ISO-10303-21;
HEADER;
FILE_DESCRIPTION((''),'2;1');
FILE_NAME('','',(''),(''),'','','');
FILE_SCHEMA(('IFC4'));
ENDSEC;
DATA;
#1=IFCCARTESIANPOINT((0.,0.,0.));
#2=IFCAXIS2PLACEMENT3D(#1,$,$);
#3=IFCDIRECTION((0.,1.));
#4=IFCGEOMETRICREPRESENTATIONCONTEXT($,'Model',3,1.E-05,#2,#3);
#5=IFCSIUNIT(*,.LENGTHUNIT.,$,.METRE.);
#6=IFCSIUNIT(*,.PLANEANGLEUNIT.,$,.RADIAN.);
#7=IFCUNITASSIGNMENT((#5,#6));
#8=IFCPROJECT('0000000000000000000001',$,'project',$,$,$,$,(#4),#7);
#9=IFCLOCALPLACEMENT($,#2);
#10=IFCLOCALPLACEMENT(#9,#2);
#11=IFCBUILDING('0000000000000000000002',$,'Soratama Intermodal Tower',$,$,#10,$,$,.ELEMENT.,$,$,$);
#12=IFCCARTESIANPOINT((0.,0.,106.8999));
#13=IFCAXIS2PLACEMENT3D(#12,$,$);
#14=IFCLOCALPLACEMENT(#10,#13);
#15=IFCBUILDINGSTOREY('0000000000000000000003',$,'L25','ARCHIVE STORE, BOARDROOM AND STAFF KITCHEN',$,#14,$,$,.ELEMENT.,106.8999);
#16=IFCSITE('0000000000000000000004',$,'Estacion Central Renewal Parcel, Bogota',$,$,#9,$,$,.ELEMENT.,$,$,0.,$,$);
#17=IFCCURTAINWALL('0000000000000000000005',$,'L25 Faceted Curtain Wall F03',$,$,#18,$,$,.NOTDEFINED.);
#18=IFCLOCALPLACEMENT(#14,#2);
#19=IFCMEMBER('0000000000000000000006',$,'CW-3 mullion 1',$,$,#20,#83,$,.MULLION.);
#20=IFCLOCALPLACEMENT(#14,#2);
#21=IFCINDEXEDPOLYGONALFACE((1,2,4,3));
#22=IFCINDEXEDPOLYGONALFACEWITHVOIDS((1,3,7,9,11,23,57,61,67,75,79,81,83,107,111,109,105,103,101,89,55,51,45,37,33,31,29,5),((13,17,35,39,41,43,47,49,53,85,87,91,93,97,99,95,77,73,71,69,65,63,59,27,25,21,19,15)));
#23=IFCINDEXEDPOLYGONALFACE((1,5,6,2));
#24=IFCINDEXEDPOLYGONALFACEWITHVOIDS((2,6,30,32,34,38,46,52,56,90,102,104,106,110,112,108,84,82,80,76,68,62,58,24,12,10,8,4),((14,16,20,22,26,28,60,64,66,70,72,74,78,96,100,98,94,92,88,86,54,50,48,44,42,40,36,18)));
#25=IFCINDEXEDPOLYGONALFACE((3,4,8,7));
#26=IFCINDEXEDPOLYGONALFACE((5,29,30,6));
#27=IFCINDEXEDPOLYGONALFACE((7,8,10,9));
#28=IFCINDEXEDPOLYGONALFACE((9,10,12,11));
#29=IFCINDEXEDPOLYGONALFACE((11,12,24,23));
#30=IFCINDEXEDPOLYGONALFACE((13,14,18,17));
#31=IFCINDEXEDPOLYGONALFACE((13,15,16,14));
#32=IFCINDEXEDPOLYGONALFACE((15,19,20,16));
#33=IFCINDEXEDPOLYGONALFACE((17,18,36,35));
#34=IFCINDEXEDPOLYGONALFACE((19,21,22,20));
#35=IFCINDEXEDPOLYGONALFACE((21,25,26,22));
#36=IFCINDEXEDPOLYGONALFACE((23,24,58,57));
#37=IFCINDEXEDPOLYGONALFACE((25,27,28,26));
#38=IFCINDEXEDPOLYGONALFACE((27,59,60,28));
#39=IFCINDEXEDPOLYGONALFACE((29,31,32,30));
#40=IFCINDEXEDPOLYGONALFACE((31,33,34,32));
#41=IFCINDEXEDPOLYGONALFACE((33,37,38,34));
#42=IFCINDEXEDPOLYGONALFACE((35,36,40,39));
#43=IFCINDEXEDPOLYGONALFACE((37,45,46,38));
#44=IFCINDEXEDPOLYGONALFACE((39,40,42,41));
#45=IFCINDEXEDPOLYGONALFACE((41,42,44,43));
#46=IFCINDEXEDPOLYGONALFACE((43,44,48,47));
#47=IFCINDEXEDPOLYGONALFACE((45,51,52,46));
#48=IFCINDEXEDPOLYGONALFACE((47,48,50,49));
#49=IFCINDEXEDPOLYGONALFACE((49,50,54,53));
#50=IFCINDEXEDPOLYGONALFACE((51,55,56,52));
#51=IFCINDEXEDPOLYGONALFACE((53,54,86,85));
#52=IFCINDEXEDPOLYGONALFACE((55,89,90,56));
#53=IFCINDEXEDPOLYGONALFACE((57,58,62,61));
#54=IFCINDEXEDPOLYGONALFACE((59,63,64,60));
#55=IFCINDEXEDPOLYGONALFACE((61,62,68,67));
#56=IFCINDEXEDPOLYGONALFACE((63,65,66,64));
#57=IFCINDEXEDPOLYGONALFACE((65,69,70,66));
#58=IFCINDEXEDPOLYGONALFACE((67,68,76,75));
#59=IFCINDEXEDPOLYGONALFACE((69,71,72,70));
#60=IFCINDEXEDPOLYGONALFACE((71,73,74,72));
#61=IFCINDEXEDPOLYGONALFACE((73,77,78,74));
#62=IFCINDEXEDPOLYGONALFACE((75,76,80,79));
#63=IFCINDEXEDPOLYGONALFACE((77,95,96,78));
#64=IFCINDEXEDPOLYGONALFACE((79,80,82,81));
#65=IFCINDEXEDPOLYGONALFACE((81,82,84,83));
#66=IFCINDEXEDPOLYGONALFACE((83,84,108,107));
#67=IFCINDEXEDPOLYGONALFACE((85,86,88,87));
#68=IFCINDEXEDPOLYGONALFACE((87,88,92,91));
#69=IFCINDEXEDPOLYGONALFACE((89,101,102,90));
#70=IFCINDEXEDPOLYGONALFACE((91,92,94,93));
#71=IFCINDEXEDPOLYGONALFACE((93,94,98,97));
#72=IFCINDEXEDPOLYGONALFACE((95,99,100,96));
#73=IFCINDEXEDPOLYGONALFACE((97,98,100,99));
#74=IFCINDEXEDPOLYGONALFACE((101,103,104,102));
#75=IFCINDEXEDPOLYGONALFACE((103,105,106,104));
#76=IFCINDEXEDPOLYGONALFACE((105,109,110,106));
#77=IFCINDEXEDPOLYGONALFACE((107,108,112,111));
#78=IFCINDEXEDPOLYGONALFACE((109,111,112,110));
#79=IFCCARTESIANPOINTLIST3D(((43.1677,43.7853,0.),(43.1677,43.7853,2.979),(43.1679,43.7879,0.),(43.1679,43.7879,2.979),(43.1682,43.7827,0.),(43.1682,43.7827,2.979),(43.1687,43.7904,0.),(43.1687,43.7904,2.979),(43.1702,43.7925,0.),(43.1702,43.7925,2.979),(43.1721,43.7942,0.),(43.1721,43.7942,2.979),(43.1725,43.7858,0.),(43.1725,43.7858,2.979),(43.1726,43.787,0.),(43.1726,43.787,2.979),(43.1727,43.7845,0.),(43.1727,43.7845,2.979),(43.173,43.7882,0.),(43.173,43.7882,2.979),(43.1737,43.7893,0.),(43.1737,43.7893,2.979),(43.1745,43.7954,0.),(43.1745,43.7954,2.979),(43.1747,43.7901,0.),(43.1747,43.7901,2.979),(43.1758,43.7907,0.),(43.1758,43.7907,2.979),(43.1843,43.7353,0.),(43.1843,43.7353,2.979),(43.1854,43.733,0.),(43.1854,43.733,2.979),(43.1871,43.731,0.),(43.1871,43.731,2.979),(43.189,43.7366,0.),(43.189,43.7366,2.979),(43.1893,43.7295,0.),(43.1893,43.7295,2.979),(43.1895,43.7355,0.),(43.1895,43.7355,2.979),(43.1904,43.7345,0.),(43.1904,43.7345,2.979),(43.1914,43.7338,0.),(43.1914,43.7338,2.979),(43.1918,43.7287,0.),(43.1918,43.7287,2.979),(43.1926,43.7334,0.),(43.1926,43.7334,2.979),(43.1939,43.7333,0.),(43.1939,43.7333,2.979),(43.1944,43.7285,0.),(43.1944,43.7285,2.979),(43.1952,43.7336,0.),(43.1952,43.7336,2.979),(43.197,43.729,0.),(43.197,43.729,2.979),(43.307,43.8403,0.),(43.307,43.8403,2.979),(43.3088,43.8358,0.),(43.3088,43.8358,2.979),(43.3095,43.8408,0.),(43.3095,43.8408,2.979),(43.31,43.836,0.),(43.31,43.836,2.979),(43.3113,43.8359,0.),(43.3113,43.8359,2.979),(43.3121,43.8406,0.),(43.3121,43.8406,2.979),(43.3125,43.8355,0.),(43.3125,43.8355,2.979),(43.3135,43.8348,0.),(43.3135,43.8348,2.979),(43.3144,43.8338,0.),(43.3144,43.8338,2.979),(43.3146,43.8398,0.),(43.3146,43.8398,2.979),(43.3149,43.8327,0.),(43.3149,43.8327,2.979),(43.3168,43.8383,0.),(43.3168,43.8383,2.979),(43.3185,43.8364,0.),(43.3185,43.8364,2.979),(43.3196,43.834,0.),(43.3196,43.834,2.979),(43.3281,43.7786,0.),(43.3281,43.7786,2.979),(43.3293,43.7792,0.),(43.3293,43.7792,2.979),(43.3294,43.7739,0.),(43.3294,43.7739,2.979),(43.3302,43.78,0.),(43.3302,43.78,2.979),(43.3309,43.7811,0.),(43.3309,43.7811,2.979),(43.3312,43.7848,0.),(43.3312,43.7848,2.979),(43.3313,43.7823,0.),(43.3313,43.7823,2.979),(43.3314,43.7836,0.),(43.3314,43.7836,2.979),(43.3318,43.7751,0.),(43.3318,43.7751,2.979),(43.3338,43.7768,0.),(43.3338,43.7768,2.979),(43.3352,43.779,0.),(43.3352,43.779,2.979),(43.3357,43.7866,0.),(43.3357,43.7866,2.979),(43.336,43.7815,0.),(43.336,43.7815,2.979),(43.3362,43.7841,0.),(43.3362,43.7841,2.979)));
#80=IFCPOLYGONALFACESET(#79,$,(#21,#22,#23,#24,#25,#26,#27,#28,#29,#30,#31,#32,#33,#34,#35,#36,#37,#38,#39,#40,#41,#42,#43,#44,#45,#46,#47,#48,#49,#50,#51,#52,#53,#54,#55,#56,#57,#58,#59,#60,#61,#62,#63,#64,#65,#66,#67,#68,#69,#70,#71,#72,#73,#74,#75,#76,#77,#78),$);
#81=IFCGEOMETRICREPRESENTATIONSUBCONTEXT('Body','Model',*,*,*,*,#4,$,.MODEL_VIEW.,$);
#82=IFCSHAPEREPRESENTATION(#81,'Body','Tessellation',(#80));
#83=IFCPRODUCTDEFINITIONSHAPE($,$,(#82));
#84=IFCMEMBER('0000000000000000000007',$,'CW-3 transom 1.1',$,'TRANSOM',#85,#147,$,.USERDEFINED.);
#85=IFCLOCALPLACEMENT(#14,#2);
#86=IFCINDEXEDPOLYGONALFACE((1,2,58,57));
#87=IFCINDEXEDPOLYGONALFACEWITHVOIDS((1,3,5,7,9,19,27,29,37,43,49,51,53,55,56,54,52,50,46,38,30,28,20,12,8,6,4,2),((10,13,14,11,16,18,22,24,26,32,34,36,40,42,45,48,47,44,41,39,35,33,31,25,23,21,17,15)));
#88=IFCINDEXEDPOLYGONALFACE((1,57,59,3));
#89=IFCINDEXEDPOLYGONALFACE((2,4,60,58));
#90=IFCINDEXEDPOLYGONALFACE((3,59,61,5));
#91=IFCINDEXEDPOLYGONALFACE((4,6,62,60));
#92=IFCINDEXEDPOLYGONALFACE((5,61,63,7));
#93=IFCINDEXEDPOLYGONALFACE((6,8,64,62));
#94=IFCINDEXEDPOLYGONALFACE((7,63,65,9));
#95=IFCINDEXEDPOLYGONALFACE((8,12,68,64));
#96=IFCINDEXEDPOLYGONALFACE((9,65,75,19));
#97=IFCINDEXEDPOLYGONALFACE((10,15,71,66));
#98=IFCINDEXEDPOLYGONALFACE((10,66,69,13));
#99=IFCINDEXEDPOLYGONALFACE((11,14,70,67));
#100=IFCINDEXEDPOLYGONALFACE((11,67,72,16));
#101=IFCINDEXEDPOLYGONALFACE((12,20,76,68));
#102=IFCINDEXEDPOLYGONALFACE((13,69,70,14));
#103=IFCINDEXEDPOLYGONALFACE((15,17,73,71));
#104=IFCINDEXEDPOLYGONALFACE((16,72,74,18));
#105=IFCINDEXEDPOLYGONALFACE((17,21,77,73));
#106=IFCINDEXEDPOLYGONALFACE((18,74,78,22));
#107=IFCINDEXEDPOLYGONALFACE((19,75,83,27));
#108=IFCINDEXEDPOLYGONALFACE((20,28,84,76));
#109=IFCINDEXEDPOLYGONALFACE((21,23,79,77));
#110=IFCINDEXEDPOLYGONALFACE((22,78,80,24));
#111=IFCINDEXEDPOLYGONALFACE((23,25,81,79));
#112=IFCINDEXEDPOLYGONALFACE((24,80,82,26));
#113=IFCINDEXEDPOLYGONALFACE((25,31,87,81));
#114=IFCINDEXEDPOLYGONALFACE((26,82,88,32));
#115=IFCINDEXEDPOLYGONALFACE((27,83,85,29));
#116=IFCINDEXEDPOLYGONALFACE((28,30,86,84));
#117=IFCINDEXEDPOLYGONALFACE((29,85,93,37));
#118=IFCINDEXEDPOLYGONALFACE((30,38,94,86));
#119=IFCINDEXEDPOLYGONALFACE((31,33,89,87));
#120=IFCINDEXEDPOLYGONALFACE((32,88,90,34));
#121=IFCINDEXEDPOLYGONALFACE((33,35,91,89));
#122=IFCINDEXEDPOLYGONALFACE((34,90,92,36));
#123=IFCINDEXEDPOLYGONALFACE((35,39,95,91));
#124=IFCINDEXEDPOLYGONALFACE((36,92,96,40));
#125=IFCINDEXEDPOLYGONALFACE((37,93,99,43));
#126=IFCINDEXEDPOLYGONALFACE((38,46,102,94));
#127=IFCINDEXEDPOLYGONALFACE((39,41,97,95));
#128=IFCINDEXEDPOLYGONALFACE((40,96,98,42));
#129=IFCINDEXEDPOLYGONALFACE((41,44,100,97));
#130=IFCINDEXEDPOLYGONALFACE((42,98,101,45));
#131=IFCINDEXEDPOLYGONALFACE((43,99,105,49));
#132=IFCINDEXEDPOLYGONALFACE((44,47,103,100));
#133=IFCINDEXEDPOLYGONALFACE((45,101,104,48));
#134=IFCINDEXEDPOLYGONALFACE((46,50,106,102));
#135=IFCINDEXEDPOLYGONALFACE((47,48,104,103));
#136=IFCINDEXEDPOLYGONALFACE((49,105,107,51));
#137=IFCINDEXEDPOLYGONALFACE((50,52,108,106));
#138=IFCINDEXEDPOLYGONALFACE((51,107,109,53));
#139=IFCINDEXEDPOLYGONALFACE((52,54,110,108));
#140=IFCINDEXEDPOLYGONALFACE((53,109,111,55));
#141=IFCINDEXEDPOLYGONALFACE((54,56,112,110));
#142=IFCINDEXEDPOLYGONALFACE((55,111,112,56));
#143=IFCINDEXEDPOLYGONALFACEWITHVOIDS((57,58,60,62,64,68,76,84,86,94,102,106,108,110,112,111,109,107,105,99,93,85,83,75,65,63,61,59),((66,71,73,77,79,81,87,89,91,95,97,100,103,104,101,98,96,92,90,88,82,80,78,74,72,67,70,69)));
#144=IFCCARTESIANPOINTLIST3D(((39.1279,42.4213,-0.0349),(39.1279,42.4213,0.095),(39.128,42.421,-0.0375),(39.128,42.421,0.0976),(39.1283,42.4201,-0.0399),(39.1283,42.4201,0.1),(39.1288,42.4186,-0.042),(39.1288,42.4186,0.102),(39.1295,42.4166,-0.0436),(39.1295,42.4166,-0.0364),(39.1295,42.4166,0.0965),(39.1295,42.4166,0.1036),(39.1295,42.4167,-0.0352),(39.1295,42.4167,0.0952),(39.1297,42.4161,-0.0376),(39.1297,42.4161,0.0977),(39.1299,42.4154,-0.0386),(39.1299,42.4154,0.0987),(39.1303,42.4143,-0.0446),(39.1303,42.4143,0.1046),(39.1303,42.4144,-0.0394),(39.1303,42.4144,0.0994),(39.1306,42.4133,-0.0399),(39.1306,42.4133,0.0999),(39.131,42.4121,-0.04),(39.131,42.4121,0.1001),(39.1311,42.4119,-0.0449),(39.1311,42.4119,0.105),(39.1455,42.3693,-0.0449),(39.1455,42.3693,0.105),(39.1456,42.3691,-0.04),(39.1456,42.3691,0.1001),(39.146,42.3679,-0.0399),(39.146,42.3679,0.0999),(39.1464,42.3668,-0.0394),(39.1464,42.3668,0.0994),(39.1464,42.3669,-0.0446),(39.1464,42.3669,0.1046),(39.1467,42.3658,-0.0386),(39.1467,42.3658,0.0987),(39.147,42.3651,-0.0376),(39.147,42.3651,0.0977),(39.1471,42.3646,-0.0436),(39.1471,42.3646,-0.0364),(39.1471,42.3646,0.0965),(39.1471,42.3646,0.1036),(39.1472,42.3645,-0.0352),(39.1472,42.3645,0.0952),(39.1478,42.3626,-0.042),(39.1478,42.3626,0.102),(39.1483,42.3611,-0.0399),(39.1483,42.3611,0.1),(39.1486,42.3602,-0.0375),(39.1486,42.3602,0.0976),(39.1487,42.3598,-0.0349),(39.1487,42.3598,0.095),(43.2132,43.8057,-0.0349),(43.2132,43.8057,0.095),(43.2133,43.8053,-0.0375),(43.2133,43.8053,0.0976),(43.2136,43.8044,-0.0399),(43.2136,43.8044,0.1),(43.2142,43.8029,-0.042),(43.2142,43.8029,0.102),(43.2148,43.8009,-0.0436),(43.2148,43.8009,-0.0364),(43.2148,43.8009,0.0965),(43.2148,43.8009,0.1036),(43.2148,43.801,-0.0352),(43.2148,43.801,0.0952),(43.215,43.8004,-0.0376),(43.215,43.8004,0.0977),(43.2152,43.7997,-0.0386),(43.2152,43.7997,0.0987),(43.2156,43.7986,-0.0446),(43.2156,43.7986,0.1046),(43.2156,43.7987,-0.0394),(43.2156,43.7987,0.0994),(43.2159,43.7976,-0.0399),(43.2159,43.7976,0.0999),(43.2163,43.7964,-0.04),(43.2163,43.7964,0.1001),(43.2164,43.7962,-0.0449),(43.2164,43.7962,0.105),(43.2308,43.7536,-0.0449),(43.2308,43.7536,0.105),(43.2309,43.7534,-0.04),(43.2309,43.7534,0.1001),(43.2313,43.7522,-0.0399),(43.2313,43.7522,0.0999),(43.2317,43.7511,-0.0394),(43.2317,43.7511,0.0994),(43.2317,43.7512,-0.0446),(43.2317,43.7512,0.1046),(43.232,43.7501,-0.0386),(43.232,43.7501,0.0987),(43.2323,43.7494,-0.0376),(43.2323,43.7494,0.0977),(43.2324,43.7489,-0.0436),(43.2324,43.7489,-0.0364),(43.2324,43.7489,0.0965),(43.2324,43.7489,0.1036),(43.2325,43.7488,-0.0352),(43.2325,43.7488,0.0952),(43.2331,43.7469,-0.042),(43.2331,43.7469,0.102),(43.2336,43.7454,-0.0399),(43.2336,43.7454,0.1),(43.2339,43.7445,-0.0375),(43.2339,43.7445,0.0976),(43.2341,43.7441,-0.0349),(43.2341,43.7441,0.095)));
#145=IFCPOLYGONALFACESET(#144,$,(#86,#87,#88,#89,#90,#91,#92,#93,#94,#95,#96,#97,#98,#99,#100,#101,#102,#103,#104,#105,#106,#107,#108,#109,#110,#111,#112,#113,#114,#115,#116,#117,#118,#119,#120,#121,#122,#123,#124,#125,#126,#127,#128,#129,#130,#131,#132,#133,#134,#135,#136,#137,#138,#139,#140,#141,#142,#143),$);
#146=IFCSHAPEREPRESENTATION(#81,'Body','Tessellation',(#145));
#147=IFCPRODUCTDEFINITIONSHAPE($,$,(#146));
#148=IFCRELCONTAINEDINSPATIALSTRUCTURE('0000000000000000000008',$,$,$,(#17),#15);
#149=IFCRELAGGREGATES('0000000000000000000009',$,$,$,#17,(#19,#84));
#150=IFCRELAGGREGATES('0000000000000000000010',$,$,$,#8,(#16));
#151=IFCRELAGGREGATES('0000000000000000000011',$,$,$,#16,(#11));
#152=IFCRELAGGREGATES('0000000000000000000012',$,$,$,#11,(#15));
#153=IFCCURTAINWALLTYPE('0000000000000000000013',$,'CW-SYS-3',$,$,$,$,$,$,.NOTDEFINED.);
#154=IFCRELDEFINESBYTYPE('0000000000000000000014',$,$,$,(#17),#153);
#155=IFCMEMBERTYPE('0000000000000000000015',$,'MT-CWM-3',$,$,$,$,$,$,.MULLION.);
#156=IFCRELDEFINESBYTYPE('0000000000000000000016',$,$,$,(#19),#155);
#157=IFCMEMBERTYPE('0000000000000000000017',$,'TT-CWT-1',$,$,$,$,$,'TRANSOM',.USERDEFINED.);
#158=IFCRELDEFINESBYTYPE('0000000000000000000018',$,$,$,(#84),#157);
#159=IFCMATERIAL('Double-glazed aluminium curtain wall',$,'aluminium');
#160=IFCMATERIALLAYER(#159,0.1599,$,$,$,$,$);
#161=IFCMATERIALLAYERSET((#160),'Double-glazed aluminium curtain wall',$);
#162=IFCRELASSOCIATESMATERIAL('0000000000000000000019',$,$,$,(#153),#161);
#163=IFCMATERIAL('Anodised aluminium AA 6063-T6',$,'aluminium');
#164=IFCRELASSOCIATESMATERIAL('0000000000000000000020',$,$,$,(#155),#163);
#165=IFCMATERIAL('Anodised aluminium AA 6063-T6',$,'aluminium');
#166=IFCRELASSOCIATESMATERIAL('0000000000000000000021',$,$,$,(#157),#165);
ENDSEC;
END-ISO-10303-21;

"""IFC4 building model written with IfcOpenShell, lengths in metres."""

from ifc_helpers import new_model, si_unit, direction, frame, origin, origin_2d, place, context, subcontext, project, spatial, hollow_rectangle, extrude, material, layer, layer_set, material_profile, profile_set, type_object, element, aggregate, save


model = new_model("IFC4")

# Units and contexts
model_context = context("Model", 3, precision=1e-05, world=origin(), true_north=direction((0.0, 1.0)))
body_context = subcontext(model_context, "Body", "Model", "MODEL_VIEW")
ifc_project = project(units=[si_unit("LENGTHUNIT", "METRE"), si_unit("PLANEANGLEUNIT", "RADIAN")], contexts=[model_context])

# Site, building, storey
site_placement = place(None, origin())
site = spatial("IfcSite", under=ifc_project, at=site_placement, Name="Estacion Central Renewal Parcel, Bogota", CompositionType="ELEMENT", RefElevation=0.0)
building_placement = place(site_placement, origin())
building = spatial("IfcBuilding", under=site, at=building_placement, Name="Soratama Intermodal Tower", CompositionType="ELEMENT")
storey_placement = place(building_placement, frame((0.0, 0.0, 106.8999)))
storey = spatial("IfcBuildingStorey", under=building, at=storey_placement, Name="L25", Description="ARCHIVE STORE, BOARDROOM AND STAFF KITCHEN", CompositionType="ELEMENT", Elevation=106.8999)

# Curtain wall, members
ifc_material_1 = material(Name="Double-glazed aluminium curtain wall", Category="aluminium")
ifc_layer_1 = layer(ifc_material_1, 0.1599)
ifc_layer_set_1 = layer_set([ifc_layer_1], Name="Double-glazed aluminium curtain wall")
curtain_wall_type = type_object("IfcCurtainWallType", Name="CW-SYS-3", PredefinedType="NOTDEFINED", material=ifc_layer_set_1)
curtain_wall_placement = place(storey_placement, origin())
curtain_wall = element("IfcCurtainWall", 1, at=curtain_wall_placement, inside=storey, type_object=curtain_wall_type, Name="L25 Faceted Curtain Wall F03", PredefinedType="NOTDEFINED")
ifc_material_2 = material(Name="Anodised aluminium AA 6063-T6", Category="aluminium")
ifc_material_profile_1 = material_profile(ifc_material_2, hollow_rectangle(XDim=0.0701, YDim=0.1599, WallThickness=0.0049, InnerFilletRadius=0.0049, OuterFilletRadius=0.01, at=origin_2d()), Name="CWM160X70X5")
ifc_profile_set_1 = profile_set([ifc_material_profile_1], Name="Anodised aluminium AA 6063-T6")
member_type_1 = type_object("IfcMemberType", Name="MT-CWM-3", PredefinedType="MULLION", material=ifc_profile_set_1)
member_1_placement = place(storey_placement, frame((43.252, 43.7847, 0.0), z_axis=(0.0, 0.0, 1.0), x_axis=(0.320945, -0.947098, 0.0)))
member_1 = element("IfcMember", 2, at=member_1_placement, type_object=member_type_1, Name="CW-3 mullion 1", PredefinedType="MULLION", context=body_context, shape_type="SweptSolid", body=[
    extrude(hollow_rectangle(XDim=0.0701, YDim=0.1599, WallThickness=0.0049, InnerFilletRadius=0.0049, OuterFilletRadius=0.01, at=origin_2d()), origin(), (0.0, 0.0, 1.0), 2.979),
])
ifc_material_3 = material(Name="Anodised aluminium AA 6063-T6", Category="aluminium")
ifc_material_profile_2 = material_profile(ifc_material_3, hollow_rectangle(XDim=0.0649, YDim=0.1499, WallThickness=0.0049, InnerFilletRadius=0.0049, OuterFilletRadius=0.01, at=origin_2d()), Name="CWT150X65X5")
ifc_profile_set_2 = profile_set([ifc_material_profile_2], Name="Anodised aluminium AA 6063-T6")
member_type_2 = type_object("IfcMemberType", Name="TT-CWT-1", ElementType="TRANSOM", PredefinedType="USERDEFINED", material=ifc_profile_set_2)
member_2_placement = place(storey_placement, frame((43.2236, 43.7749, 0.03), z_axis=(-0.947104, -0.320927, 0.0), x_axis=(0.320927, -0.947104, 0.0)))
member_2 = element("IfcMember", 3, at=member_2_placement, type_object=member_type_2, Name="CW-3 transom 1.1", ObjectType="TRANSOM", PredefinedType="USERDEFINED", context=body_context, shape_type="SweptSolid", body=[
    extrude(hollow_rectangle(XDim=0.0649, YDim=0.1499, WallThickness=0.0049, InnerFilletRadius=0.0049, OuterFilletRadius=0.01, at=origin_2d()), origin(), (0.0, 0.0, 1.0), 4.3135),
])
aggregate(curtain_wall, [member_1, member_2])

save(model, "model.ifc")
